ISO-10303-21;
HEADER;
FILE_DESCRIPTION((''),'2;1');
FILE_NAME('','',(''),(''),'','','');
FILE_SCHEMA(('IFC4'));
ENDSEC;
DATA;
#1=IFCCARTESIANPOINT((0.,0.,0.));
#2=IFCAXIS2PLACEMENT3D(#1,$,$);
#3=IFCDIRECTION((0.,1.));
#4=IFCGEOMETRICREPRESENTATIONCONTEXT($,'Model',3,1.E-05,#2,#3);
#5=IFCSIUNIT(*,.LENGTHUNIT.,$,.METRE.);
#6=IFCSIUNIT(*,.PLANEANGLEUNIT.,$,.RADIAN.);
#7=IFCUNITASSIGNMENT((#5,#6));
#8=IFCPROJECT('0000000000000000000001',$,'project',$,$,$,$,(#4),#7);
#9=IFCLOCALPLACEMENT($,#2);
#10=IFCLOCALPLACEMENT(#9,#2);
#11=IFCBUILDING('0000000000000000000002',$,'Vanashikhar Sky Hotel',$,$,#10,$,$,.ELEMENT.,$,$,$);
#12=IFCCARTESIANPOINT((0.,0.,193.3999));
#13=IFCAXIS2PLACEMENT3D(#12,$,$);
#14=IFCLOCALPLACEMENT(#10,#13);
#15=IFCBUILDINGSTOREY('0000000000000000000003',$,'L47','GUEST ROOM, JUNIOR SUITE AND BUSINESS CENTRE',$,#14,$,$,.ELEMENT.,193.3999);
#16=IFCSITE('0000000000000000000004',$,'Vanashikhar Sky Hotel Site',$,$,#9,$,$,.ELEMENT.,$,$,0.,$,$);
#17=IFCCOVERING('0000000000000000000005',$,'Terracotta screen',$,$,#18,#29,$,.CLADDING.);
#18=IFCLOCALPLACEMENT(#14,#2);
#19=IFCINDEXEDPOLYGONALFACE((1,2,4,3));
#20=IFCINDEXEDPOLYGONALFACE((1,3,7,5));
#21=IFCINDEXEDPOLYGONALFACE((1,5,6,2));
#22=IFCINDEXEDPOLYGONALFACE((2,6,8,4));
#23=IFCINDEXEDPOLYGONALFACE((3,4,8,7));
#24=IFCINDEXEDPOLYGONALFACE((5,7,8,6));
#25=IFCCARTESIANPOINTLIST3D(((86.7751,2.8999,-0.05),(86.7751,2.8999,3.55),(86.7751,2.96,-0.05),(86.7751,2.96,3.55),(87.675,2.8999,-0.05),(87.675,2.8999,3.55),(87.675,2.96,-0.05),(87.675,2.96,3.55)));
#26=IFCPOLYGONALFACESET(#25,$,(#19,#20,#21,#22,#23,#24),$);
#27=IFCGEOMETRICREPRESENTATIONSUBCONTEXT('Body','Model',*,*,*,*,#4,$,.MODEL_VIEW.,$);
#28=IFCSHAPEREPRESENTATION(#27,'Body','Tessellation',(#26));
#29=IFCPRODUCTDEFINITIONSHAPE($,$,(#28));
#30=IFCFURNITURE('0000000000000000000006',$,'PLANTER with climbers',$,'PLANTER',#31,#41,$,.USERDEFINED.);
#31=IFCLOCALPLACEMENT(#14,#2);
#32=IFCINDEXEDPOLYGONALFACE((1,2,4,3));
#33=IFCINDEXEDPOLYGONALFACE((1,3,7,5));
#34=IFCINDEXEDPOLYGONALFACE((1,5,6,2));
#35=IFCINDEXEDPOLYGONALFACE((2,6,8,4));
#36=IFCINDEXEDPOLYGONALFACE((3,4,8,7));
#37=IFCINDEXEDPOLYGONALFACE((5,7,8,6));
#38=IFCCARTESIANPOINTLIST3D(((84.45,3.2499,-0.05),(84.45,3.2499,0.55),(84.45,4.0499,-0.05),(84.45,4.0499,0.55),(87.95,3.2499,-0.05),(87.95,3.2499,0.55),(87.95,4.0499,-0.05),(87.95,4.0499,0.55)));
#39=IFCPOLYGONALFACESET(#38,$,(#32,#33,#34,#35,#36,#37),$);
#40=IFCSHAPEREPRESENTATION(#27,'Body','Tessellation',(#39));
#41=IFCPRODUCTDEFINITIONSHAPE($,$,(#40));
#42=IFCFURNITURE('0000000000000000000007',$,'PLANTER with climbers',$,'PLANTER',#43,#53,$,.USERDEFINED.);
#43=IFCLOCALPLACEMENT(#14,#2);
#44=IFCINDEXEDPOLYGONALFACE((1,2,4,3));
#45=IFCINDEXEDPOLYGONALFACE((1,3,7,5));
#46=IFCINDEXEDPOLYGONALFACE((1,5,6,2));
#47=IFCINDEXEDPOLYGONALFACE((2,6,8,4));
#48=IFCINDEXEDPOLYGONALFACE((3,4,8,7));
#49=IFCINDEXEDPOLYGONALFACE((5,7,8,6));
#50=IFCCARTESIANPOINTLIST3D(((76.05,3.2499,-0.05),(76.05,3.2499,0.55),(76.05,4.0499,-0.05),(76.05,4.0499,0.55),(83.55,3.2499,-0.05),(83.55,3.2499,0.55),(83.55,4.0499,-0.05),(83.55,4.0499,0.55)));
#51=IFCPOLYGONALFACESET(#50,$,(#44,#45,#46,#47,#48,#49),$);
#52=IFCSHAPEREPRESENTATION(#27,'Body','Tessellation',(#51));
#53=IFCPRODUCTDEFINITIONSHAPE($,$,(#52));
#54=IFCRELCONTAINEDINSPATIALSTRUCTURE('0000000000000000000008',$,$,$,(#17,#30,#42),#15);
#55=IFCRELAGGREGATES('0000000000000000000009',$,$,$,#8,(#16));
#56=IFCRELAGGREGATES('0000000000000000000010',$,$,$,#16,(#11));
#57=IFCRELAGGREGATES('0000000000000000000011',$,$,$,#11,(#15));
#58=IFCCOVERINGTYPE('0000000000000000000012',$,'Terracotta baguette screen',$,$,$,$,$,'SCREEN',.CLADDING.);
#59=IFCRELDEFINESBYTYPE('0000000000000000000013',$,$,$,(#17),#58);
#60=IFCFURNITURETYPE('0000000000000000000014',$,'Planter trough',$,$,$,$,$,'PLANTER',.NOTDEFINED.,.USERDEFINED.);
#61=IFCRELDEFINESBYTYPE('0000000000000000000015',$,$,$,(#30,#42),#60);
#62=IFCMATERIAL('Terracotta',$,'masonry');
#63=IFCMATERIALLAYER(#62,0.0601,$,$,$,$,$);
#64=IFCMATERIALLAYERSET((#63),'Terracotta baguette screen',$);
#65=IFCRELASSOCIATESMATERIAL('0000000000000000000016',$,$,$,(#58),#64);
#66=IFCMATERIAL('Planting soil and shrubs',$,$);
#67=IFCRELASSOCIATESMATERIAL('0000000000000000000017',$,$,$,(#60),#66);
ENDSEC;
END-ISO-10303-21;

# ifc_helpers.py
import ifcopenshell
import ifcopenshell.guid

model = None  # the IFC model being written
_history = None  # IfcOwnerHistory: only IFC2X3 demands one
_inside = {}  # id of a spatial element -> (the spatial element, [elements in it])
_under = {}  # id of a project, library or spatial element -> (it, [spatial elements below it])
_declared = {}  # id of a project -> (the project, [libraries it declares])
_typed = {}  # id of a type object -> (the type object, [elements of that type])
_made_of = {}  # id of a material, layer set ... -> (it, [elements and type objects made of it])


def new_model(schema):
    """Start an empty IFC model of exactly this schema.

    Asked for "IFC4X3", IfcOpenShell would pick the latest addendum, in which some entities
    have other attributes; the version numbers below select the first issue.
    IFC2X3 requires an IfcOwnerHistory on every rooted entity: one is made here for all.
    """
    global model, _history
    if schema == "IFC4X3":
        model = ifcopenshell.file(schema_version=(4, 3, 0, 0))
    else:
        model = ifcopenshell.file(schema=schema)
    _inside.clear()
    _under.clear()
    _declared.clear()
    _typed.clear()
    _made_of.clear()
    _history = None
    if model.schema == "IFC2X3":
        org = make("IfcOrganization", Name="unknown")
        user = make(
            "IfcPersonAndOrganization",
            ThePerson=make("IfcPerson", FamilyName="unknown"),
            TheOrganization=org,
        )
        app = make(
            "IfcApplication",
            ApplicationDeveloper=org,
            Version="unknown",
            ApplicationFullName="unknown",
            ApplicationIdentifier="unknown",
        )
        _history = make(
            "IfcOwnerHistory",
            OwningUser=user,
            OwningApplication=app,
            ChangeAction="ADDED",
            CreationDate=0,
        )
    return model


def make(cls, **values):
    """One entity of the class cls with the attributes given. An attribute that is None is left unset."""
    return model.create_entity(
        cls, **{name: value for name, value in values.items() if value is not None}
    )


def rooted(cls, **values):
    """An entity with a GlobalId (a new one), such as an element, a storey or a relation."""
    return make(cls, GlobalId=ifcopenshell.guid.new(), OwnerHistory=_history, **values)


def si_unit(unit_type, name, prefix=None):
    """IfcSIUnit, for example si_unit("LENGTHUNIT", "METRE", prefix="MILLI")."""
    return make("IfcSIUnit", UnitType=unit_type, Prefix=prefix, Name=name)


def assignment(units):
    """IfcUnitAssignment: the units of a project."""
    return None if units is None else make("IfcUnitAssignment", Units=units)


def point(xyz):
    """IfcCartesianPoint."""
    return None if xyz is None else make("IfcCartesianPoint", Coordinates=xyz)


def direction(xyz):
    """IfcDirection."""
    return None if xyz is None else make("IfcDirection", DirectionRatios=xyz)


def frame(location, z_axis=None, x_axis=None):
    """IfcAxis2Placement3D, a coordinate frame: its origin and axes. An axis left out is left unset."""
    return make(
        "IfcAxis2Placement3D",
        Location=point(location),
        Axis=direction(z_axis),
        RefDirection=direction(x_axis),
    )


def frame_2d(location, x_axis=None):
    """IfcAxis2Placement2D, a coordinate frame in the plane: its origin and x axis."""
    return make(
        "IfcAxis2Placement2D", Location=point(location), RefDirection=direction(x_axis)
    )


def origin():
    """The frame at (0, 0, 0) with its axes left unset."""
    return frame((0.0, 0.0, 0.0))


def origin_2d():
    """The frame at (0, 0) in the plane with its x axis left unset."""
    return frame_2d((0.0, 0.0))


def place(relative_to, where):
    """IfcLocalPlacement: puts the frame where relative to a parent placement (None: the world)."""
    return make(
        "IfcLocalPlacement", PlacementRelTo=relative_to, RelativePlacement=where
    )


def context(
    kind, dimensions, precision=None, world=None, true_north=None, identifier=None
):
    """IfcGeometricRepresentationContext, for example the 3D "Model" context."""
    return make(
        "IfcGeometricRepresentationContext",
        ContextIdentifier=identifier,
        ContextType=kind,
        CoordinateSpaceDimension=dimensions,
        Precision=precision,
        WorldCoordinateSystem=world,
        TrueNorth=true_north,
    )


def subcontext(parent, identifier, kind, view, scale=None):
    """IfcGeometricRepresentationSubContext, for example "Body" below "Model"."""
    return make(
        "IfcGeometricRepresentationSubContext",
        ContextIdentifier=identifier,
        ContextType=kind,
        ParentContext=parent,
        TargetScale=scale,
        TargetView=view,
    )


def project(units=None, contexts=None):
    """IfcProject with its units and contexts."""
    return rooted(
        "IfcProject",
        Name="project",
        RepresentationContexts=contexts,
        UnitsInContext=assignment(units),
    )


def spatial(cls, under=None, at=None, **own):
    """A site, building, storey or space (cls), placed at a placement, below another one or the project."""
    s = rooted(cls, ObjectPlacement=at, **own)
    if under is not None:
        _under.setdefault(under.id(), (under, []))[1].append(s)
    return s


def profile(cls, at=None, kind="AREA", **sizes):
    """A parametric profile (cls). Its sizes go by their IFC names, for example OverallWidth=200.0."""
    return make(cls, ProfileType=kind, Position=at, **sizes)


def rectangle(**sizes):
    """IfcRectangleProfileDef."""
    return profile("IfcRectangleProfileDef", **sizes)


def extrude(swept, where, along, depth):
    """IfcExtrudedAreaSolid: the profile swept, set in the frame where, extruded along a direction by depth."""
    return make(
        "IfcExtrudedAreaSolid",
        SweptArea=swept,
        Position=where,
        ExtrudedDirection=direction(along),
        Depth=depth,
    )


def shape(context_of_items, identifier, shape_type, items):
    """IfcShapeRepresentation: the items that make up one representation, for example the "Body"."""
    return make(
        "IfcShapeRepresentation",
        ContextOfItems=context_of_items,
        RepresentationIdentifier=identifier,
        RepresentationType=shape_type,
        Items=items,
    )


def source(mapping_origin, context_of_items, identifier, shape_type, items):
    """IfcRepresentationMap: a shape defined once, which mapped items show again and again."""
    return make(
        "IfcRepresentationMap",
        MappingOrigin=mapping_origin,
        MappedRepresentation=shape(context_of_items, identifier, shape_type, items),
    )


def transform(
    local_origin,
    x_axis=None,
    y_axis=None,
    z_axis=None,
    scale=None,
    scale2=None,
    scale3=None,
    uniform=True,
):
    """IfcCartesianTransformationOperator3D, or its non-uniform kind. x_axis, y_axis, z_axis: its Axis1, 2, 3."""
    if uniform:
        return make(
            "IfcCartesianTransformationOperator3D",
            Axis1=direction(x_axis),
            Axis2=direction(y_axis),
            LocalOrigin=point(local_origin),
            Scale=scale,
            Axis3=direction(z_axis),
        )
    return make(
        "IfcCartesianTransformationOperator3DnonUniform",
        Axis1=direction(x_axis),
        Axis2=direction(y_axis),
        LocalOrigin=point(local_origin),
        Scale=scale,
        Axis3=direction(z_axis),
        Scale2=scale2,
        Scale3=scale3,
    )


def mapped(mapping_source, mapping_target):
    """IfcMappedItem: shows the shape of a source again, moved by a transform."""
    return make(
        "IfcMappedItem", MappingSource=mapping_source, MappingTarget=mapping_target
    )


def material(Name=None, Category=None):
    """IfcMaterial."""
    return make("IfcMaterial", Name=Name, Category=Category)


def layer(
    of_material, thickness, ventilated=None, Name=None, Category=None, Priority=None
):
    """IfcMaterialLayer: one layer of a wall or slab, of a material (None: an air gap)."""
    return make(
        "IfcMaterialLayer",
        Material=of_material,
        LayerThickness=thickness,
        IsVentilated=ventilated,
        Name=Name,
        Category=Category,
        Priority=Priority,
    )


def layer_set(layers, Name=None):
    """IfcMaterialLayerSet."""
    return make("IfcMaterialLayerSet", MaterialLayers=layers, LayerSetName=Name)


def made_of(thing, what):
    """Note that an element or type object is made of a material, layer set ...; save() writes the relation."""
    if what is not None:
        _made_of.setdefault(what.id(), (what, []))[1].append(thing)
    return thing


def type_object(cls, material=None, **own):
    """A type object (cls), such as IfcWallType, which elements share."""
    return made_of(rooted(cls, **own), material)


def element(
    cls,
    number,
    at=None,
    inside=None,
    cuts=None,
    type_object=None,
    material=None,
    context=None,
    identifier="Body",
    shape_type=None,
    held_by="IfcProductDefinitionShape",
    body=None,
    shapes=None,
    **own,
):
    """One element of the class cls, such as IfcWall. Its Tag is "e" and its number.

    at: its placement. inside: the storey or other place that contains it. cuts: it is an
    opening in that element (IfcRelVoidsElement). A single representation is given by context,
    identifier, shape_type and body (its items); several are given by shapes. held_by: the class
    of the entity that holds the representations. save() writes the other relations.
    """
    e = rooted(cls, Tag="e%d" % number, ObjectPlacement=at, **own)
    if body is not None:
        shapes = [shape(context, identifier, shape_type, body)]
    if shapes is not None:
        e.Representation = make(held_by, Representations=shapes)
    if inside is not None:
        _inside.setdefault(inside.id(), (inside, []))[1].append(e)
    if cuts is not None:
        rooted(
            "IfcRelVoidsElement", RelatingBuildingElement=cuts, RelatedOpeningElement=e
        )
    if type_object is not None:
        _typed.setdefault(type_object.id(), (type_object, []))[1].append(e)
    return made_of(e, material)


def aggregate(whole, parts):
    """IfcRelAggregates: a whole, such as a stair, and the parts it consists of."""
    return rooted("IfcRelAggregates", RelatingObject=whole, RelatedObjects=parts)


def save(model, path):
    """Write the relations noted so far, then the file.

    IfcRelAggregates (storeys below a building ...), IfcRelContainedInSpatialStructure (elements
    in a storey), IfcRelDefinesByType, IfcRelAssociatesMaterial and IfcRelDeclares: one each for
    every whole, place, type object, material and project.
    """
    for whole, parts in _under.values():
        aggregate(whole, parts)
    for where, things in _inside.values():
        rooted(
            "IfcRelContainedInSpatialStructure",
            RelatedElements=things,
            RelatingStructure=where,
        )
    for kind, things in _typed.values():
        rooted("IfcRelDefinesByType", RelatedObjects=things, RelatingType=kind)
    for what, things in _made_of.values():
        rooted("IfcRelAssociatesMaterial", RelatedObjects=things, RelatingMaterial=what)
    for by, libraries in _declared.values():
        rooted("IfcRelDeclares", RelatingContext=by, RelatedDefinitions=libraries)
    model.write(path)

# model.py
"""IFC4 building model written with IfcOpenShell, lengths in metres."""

from ifc_helpers import new_model, si_unit, direction, frame, origin, origin_2d, place, context, subcontext, project, spatial, rectangle, extrude, source, transform, mapped, material, layer, layer_set, type_object, element, save


model = new_model("IFC4")

# Units and contexts
model_context = context("Model", 3, precision=1e-05, world=origin(), true_north=direction((0.0, 1.0)))
body_context = subcontext(model_context, "Body", "Model", "MODEL_VIEW")
ifc_project = project(units=[si_unit("LENGTHUNIT", "METRE"), si_unit("PLANEANGLEUNIT", "RADIAN")], contexts=[model_context])

# Site, building, storey
site_placement = place(None, origin())
site = spatial("IfcSite", under=ifc_project, at=site_placement, Name="Vanashikhar Sky Hotel Site", CompositionType="ELEMENT", RefElevation=0.0)
building_placement = place(site_placement, origin())
building = spatial("IfcBuilding", under=site, at=building_placement, Name="Vanashikhar Sky Hotel", CompositionType="ELEMENT")
storey_placement = place(building_placement, frame((0.0, 0.0, 193.3999)))
storey = spatial("IfcBuildingStorey", under=building, at=storey_placement, Name="L47", Description="GUEST ROOM, JUNIOR SUITE AND BUSINESS CENTRE", CompositionType="ELEMENT", Elevation=193.3999)

# Covering
ifc_material_1 = material(Name="Terracotta", Category="masonry")
ifc_layer_1 = layer(ifc_material_1, 0.0601)
ifc_layer_set_1 = layer_set([ifc_layer_1], Name="Terracotta baguette screen")
covering_type = type_object("IfcCoveringType", Name="Terracotta baguette screen", ElementType="SCREEN", PredefinedType="CLADDING", material=ifc_layer_set_1)
shared_shape_1 = source(origin(), body_context, "Body", "SweptSolid", [
    extrude(rectangle(XDim=0.8999, YDim=0.0601, at=origin_2d()), origin(), (0.0, 0.0, 1.0), 3.6001),
])
for number, where, z_axis, x_axis, name in (
    (1, (87.2251, 2.9299, -0.05), (0.0, 0.0, 1.0), (1.0, 0.0, 0.0), "Terracotta screen"),
):
    element("IfcCovering", number, at=place(storey_placement, frame(where, z_axis=z_axis, x_axis=x_axis)), inside=storey, type_object=covering_type, Name=name, PredefinedType="CLADDING", context=body_context, shape_type="MappedRepresentation", body=[
        mapped(shared_shape_1, transform((0.0, 0.0, 0.0), scale=1.0)),
    ])

# Furniture
ifc_material_2 = material(Name="Planting soil and shrubs")
furniture_type = type_object("IfcFurnitureType", Name="Planter trough", ElementType="PLANTER", AssemblyPlace="NOTDEFINED", PredefinedType="USERDEFINED", material=ifc_material_2)
shared_shape_2 = source(origin(), body_context, "Body", "SweptSolid", [
    extrude(rectangle(XDim=3.5, YDim=0.8, at=origin_2d()), origin(), (0.0, 0.0, 1.0), 0.6001),
])
furniture_1_placement = place(storey_placement, frame((86.2, 3.6499, -0.05), z_axis=(0.0, 0.0, 1.0), x_axis=(1.0, 0.0, 0.0)))
element("IfcFurniture", 2, at=furniture_1_placement, inside=storey, type_object=furniture_type, Name="PLANTER with climbers", ObjectType="PLANTER", PredefinedType="USERDEFINED", context=body_context, shape_type="MappedRepresentation", body=[
    mapped(shared_shape_2, transform((0.0, 0.0, 0.0), scale=1.0)),
])
shared_shape_3 = source(origin(), body_context, "Body", "SweptSolid", [
    extrude(rectangle(XDim=7.5, YDim=0.8, at=origin_2d()), origin(), (0.0, 0.0, 1.0), 0.6001),
])
furniture_2_placement = place(storey_placement, frame((79.8, 3.6499, -0.05), z_axis=(0.0, 0.0, 1.0), x_axis=(1.0, 0.0, 0.0)))
element("IfcFurniture", 3, at=furniture_2_placement, inside=storey, type_object=furniture_type, Name="PLANTER with climbers", ObjectType="PLANTER", PredefinedType="USERDEFINED", context=body_context, shape_type="MappedRepresentation", body=[
    mapped(shared_shape_3, transform((0.0, 0.0, 0.0), scale=1.0)),
])

save(model, "model.ifc")
